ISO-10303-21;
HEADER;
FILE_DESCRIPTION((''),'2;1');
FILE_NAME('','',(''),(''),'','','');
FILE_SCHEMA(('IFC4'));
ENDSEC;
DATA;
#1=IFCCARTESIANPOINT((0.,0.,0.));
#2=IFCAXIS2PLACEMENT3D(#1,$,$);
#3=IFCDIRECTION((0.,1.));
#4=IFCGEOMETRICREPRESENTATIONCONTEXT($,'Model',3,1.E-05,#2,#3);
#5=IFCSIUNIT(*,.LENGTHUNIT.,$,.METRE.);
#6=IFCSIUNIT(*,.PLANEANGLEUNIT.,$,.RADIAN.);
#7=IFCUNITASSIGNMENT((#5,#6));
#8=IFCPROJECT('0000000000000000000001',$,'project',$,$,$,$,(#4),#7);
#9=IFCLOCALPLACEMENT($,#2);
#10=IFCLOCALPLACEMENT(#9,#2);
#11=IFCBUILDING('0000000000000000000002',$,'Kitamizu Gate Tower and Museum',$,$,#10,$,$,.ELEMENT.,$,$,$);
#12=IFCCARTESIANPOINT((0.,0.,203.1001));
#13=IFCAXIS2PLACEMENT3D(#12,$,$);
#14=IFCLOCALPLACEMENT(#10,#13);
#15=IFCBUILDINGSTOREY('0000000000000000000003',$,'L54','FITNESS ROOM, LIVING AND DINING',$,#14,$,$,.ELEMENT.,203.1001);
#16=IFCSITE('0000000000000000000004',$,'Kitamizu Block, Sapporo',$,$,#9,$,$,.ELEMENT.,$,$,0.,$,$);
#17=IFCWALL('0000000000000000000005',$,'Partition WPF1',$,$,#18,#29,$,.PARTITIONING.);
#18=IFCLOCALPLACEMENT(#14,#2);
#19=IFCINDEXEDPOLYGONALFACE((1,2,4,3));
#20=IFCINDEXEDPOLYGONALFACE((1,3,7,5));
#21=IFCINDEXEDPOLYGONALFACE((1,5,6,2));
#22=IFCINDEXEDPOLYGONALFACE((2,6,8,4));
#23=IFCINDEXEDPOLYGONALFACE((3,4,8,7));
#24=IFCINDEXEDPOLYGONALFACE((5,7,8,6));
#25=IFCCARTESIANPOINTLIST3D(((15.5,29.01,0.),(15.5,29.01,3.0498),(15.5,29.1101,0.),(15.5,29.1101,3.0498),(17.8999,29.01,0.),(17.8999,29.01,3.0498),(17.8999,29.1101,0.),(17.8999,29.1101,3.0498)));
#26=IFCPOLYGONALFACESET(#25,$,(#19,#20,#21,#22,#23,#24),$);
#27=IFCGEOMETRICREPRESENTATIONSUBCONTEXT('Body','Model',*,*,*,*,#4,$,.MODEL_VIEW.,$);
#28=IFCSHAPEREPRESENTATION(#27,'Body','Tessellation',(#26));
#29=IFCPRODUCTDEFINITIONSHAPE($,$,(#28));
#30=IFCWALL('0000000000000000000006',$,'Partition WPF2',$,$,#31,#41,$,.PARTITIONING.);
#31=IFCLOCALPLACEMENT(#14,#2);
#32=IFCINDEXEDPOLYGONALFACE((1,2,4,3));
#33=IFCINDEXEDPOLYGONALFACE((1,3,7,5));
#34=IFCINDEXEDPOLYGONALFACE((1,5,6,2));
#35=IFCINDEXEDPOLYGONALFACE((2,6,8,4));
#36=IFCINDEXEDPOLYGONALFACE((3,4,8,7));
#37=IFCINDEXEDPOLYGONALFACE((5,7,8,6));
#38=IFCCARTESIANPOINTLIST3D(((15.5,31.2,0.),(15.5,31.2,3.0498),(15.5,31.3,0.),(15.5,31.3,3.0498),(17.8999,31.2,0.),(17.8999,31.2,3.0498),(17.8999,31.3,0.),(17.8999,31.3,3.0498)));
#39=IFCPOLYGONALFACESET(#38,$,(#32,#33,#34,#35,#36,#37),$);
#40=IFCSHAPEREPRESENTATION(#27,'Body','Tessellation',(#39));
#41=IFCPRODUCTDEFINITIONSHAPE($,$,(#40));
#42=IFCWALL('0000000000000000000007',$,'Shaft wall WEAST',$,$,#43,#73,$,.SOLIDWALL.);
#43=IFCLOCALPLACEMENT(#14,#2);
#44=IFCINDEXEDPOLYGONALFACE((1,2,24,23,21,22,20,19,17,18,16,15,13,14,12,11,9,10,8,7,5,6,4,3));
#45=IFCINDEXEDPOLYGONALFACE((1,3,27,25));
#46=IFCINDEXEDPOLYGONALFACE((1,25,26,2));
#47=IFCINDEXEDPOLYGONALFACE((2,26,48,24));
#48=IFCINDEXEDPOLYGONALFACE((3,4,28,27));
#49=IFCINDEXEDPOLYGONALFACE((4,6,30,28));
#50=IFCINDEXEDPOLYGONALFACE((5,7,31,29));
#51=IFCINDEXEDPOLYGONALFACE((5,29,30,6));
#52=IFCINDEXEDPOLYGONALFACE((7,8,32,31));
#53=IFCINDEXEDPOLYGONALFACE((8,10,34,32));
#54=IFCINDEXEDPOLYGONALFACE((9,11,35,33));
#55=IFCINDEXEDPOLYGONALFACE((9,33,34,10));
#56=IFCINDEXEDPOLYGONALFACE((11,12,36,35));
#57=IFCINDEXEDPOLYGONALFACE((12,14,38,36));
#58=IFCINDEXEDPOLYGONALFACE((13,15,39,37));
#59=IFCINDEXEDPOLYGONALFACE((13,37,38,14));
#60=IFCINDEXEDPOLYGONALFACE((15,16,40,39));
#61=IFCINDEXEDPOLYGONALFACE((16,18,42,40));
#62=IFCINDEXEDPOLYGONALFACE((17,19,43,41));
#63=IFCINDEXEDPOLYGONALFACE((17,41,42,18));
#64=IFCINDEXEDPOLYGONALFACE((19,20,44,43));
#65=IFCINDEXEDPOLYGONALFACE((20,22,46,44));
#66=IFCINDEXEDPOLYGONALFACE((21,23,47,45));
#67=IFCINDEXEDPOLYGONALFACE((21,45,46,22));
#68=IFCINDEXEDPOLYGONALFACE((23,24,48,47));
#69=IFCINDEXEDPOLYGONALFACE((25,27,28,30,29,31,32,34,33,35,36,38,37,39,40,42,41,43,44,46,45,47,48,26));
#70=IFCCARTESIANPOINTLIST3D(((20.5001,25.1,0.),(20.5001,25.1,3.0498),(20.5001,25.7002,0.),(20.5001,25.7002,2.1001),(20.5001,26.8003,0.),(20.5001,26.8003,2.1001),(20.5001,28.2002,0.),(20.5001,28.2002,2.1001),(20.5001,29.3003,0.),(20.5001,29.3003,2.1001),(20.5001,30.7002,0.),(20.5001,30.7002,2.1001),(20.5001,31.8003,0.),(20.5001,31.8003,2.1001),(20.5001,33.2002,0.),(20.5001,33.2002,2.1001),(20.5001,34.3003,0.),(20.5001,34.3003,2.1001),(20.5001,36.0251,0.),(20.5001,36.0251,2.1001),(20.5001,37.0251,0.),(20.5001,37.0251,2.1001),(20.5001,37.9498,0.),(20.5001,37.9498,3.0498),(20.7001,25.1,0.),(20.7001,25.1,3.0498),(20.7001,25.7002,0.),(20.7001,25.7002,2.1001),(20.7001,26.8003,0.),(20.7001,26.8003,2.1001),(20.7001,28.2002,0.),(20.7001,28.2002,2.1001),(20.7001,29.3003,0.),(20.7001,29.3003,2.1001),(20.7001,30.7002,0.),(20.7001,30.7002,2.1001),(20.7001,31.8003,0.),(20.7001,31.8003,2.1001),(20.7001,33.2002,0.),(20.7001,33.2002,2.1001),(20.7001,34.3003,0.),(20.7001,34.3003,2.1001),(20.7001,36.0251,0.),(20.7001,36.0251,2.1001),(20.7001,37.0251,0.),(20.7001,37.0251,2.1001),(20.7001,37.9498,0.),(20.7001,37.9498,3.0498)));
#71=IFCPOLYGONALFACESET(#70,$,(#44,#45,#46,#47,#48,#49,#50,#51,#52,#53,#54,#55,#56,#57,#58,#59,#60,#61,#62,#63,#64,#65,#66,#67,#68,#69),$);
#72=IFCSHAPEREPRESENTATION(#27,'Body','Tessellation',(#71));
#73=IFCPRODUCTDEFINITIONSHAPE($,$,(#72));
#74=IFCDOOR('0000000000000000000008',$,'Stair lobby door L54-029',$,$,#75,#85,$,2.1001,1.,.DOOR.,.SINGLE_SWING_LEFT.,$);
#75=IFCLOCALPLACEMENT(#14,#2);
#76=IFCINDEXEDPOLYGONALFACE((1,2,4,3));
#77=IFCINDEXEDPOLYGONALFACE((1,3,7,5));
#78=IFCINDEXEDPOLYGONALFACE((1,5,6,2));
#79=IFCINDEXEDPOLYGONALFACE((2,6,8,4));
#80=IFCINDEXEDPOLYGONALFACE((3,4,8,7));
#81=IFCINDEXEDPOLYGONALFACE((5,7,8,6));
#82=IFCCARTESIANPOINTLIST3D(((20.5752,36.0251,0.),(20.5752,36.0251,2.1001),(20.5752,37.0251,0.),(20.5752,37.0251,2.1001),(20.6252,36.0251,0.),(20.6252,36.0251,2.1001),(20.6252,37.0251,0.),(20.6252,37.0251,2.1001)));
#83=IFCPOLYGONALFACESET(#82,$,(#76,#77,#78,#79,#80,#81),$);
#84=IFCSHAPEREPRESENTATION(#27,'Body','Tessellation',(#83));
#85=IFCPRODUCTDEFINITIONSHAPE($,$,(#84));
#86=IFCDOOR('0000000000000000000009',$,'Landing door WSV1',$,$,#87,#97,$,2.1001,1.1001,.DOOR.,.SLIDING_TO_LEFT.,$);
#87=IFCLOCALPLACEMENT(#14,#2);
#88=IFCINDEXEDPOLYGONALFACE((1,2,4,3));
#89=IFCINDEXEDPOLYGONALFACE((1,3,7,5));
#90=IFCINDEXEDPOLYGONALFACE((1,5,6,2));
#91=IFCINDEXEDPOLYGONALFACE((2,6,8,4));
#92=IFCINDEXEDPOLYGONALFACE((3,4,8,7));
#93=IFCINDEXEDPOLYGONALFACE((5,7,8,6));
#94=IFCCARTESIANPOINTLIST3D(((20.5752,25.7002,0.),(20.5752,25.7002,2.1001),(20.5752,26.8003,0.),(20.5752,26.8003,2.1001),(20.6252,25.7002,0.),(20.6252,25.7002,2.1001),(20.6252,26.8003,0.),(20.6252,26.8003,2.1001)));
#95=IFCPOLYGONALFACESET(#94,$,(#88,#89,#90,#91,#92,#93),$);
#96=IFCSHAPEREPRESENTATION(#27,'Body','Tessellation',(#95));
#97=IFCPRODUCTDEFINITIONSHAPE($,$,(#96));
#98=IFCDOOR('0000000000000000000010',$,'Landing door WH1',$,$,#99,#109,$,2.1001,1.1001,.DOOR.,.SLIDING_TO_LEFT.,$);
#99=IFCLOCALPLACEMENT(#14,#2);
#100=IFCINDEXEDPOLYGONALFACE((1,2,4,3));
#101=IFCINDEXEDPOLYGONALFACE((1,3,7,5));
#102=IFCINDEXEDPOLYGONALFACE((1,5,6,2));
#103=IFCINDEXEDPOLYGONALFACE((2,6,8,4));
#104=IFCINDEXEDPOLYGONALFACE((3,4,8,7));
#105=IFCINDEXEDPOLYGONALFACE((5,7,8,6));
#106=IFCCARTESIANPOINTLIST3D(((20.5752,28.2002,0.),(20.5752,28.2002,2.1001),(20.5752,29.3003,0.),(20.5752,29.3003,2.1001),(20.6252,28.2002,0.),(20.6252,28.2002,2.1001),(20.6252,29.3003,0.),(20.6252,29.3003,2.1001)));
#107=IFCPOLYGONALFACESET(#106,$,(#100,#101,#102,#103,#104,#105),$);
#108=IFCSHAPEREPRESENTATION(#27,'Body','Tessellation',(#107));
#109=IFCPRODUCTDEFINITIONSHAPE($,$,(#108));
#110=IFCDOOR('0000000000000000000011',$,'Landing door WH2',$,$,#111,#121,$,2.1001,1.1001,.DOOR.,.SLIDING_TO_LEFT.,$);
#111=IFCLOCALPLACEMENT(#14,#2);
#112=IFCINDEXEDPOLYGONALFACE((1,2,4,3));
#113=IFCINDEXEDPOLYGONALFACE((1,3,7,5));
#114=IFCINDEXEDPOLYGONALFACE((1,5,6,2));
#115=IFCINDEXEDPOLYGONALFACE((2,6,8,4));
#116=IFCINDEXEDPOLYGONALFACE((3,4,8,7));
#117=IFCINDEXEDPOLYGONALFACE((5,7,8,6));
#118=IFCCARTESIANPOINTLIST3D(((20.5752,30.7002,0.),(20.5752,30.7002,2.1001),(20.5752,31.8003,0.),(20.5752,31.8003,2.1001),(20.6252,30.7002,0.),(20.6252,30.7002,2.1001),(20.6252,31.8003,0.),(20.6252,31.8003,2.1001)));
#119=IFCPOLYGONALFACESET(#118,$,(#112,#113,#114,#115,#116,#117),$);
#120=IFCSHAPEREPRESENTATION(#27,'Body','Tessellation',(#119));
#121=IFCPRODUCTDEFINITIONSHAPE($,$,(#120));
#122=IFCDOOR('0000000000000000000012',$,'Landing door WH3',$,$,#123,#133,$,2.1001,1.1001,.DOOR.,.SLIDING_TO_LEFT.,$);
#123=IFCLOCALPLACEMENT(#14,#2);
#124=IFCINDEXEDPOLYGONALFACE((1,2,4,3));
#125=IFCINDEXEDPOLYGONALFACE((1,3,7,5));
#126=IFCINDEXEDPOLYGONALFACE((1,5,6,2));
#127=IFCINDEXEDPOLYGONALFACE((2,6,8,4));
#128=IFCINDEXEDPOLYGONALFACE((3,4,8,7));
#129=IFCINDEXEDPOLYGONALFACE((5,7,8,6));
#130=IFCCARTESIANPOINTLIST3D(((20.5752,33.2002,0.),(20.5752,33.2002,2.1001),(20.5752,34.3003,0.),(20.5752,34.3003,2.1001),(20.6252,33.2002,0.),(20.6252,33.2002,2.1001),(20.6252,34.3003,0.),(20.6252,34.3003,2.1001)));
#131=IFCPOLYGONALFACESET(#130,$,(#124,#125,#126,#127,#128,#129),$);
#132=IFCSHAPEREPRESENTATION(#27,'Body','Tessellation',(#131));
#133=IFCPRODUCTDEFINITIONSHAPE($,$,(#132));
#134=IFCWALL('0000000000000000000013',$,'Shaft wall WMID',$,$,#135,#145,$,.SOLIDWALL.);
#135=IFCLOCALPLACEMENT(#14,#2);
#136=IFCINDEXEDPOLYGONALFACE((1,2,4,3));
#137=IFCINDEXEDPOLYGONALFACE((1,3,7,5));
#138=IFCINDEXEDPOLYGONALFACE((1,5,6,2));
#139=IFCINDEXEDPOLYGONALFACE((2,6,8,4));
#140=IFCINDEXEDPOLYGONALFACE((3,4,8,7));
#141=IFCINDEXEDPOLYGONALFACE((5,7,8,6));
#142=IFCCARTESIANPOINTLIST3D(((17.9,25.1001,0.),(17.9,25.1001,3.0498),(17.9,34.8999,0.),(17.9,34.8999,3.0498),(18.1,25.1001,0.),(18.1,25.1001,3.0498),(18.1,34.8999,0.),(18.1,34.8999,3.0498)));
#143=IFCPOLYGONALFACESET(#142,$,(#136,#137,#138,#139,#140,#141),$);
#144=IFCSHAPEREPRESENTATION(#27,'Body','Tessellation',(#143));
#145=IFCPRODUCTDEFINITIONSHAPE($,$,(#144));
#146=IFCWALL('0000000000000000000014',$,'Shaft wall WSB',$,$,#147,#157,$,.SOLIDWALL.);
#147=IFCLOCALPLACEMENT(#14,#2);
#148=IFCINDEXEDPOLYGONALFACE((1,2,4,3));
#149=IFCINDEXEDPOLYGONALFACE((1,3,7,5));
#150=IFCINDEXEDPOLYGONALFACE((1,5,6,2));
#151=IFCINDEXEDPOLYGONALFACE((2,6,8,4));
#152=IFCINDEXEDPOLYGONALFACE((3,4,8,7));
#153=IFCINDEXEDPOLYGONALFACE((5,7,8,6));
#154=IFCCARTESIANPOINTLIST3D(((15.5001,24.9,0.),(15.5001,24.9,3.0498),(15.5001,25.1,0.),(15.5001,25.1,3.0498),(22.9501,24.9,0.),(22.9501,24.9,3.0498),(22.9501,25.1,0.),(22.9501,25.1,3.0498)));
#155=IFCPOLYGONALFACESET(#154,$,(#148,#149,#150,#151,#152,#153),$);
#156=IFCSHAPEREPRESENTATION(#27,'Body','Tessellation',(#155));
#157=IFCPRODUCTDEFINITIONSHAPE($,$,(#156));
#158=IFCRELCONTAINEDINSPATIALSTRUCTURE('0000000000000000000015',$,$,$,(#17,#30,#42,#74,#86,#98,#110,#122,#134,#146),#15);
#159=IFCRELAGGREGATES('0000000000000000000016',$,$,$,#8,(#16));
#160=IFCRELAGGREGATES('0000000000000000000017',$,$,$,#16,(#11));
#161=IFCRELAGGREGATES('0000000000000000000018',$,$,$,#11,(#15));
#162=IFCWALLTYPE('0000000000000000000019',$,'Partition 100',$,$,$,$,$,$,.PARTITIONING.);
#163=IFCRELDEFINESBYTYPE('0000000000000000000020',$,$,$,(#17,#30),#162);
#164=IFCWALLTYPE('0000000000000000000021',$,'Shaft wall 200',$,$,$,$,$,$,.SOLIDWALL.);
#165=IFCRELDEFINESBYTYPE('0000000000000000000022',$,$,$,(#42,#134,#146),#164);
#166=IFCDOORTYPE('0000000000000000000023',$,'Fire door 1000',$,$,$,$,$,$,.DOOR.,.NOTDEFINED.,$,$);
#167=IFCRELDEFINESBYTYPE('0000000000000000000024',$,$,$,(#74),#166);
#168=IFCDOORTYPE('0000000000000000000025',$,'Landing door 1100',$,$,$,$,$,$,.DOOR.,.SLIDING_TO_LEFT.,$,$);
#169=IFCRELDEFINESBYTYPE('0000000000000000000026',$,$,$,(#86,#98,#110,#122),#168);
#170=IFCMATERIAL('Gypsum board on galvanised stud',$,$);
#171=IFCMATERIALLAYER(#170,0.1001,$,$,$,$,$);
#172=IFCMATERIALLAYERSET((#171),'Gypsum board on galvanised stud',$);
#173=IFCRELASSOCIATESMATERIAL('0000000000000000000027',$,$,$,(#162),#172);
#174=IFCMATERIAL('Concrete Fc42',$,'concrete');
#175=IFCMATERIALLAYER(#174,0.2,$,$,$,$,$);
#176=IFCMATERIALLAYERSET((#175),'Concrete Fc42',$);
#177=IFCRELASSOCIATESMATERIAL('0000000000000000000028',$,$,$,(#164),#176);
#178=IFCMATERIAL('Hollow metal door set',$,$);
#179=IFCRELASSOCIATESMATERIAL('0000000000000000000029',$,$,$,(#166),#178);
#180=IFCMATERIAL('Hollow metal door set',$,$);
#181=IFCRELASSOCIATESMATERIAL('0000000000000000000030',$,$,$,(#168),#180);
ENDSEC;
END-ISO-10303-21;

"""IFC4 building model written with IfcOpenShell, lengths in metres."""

from ifc_helpers import new_model, si_unit, direction, frame, frame_2d, origin, place, context, subcontext, project, spatial, rectangle, extrude, material, layer, layer_set, type_object, element, fill, save


model = new_model("IFC4")

# Units and contexts
model_context = context("Model", 3, precision=1e-05, world=origin(), true_north=direction((0.0, 1.0)))
body_context = subcontext(model_context, "Body", "Model", "MODEL_VIEW")
ifc_project = project(units=[si_unit("LENGTHUNIT", "METRE"), si_unit("PLANEANGLEUNIT", "RADIAN")], contexts=[model_context])

# Site, building, storey
site_placement = place(None, origin())
site = spatial("IfcSite", under=ifc_project, at=site_placement, Name="Kitamizu Block, Sapporo", CompositionType="ELEMENT", RefElevation=0.0)
building_placement = place(site_placement, origin())
building = spatial("IfcBuilding", under=site, at=building_placement, Name="Kitamizu Gate Tower and Museum", CompositionType="ELEMENT")
storey_placement = place(building_placement, frame((0.0, 0.0, 203.1001)))
storey = spatial("IfcBuildingStorey", under=building, at=storey_placement, Name="L54", Description="FITNESS ROOM, LIVING AND DINING", CompositionType="ELEMENT", Elevation=203.1001)

# Walls
ifc_material_1 = material(Name="Gypsum board on galvanised stud")
ifc_layer_1 = layer(ifc_material_1, 0.1001)
ifc_layer_set_1 = layer_set([ifc_layer_1], Name="Gypsum board on galvanised stud")
wall_type_1 = type_object("IfcWallType", Name="Partition 100", PredefinedType="PARTITIONING", material=ifc_layer_set_1)
for number, where, z_axis, x_axis, name in (
    (1, (15.5, 29.0601, 0.0), (0.0, 0.0, 1.0), (1.0, 0.0, 0.0), "Partition WPF1"),
    (2, (15.5, 31.25, 0.0), (0.0, 0.0, 1.0), (1.0, 0.0, 0.0), "Partition WPF2"),
):
    element("IfcWall", number, at=place(storey_placement, frame(where, z_axis=z_axis, x_axis=x_axis)), inside=storey, type_object=wall_type_1, Name=name, PredefinedType="PARTITIONING", context=body_context, shape_type="SweptSolid", body=[
        extrude(rectangle(XDim=2.3999, YDim=0.1001, at=frame_2d((1.2, 0.0))), origin(), (0.0, 0.0, 1.0), 3.0498),
    ])

# Wall, openings, doors
ifc_material_2 = material(Name="Concrete Fc42", Category="concrete")
ifc_layer_2 = layer(ifc_material_2, 0.2)
ifc_layer_set_2 = layer_set([ifc_layer_2], Name="Concrete Fc42")
wall_type_2 = type_object("IfcWallType", Name="Shaft wall 200", PredefinedType="SOLIDWALL", material=ifc_layer_set_2)
wall_1_placement = place(storey_placement, frame((20.6001, 25.1001, 0.0), z_axis=(0.0, 0.0, 1.0), x_axis=(0.0, 1.0, 0.0)))
wall_1 = element("IfcWall", 3, at=wall_1_placement, inside=storey, type_object=wall_type_2, Name="Shaft wall WEAST", PredefinedType="SOLIDWALL", context=body_context, shape_type="SweptSolid", body=[
    extrude(rectangle(XDim=12.8499, YDim=0.2, at=frame_2d((6.4248, 0.0))), origin(), (0.0, 0.0, 1.0), 3.0498),
])
opening_1_placement = place(wall_1_placement, frame((0.6001, 0.0, 0.0)))
opening_1 = element("IfcOpeningElement", 4, at=opening_1_placement, cuts=wall_1, PredefinedType="OPENING", context=body_context, shape_type="SweptSolid", body=[
    extrude(rectangle(XDim=1.1001, YDim=2.1001, at=frame_2d((0.55, 1.05))), frame((0.0, 0.1099, 0.0), z_axis=(0.0, -1.0, 0.0), x_axis=(1.0, 0.0, 0.0)), (0.0, 0.0, 1.0), 0.22),
])
opening_2_placement = place(wall_1_placement, frame((3.1001, 0.0, 0.0)))
opening_2 = element("IfcOpeningElement", 5, at=opening_2_placement, cuts=wall_1, PredefinedType="OPENING", context=body_context, shape_type="SweptSolid", body=[
    extrude(rectangle(XDim=1.1001, YDim=2.1001, at=frame_2d((0.55, 1.05))), frame((0.0, 0.1099, 0.0), z_axis=(0.0, -1.0, 0.0), x_axis=(1.0, 0.0, 0.0)), (0.0, 0.0, 1.0), 0.22),
])
opening_3_placement = place(wall_1_placement, frame((5.6001, 0.0, 0.0)))
opening_3 = element("IfcOpeningElement", 6, at=opening_3_placement, cuts=wall_1, PredefinedType="OPENING", context=body_context, shape_type="SweptSolid", body=[
    extrude(rectangle(XDim=1.1001, YDim=2.1001, at=frame_2d((0.55, 1.05))), frame((0.0, 0.1099, 0.0), z_axis=(0.0, -1.0, 0.0), x_axis=(1.0, 0.0, 0.0)), (0.0, 0.0, 1.0), 0.22),
])
opening_4_placement = place(wall_1_placement, frame((8.1001, 0.0, 0.0)))
opening_4 = element("IfcOpeningElement", 7, at=opening_4_placement, cuts=wall_1, PredefinedType="OPENING", context=body_context, shape_type="SweptSolid", body=[
    extrude(rectangle(XDim=1.1001, YDim=2.1001, at=frame_2d((0.55, 1.05))), frame((0.0, 0.1099, 0.0), z_axis=(0.0, -1.0, 0.0), x_axis=(1.0, 0.0, 0.0)), (0.0, 0.0, 1.0), 0.22),
])
opening_5_placement = place(wall_1_placement, frame((10.925, 0.0, 0.0)))
opening_5 = element("IfcOpeningElement", 8, at=opening_5_placement, cuts=wall_1, PredefinedType="OPENING", context=body_context, shape_type="SweptSolid", body=[
    extrude(rectangle(XDim=1.0, YDim=2.1001, at=frame_2d((0.5, 1.05))), frame((0.0, 0.1099, 0.0), z_axis=(0.0, -1.0, 0.0), x_axis=(1.0, 0.0, 0.0)), (0.0, 0.0, 1.0), 0.22),
])
ifc_material_3 = material(Name="Hollow metal door set")
door_type_1 = type_object("IfcDoorType", Name="Fire door 1000", OperationType="NOTDEFINED", PredefinedType="DOOR", material=ifc_material_3)
door_1_placement = place(opening_5_placement, origin())
door_1 = element("IfcDoor", 9, at=door_1_placement, inside=storey, type_object=door_type_1, Name="Stair lobby door L54-029", OperationType="SINGLE_SWING_LEFT", OverallHeight=2.1001, OverallWidth=1.0, PredefinedType="DOOR", context=body_context, shape_type="SweptSolid", body=[
    extrude(rectangle(XDim=1.0, YDim=2.1001, at=frame_2d((0.5, 1.05))), frame((0.0, 0.0249, 0.0), z_axis=(0.0, -1.0, 0.0), x_axis=(1.0, 0.0, 0.0)), (0.0, 0.0, 1.0), 0.05),
])
fill(opening_5, door_1)
ifc_material_4 = material(Name="Hollow metal door set")
door_type_2 = type_object("IfcDoorType", Name="Landing door 1100", OperationType="SLIDING_TO_LEFT", PredefinedType="DOOR", material=ifc_material_4)
door_2_placement = place(opening_1_placement, origin())
door_2 = element("IfcDoor", 10, at=door_2_placement, inside=storey, type_object=door_type_2, Name="Landing door WSV1", OperationType="SLIDING_TO_LEFT", OverallHeight=2.1001, OverallWidth=1.1001, PredefinedType="DOOR", context=body_context, shape_type="SweptSolid", body=[
    extrude(rectangle(XDim=1.1001, YDim=2.1001, at=frame_2d((0.55, 1.05))), frame((0.0, 0.0249, 0.0), z_axis=(0.0, -1.0, 0.0), x_axis=(1.0, 0.0, 0.0)), (0.0, 0.0, 1.0), 0.05),
])
fill(opening_1, door_2)
door_3_placement = place(opening_2_placement, origin())
door_3 = element("IfcDoor", 11, at=door_3_placement, inside=storey, type_object=door_type_2, Name="Landing door WH1", OperationType="SLIDING_TO_LEFT", OverallHeight=2.1001, OverallWidth=1.1001, PredefinedType="DOOR", context=body_context, shape_type="SweptSolid", body=[
    extrude(rectangle(XDim=1.1001, YDim=2.1001, at=frame_2d((0.55, 1.05))), frame((0.0, 0.0249, 0.0), z_axis=(0.0, -1.0, 0.0), x_axis=(1.0, 0.0, 0.0)), (0.0, 0.0, 1.0), 0.05),
])
fill(opening_2, door_3)
door_4_placement = place(opening_3_placement, origin())
door_4 = element("IfcDoor", 12, at=door_4_placement, inside=storey, type_object=door_type_2, Name="Landing door WH2", OperationType="SLIDING_TO_LEFT", OverallHeight=2.1001, OverallWidth=1.1001, PredefinedType="DOOR", context=body_context, shape_type="SweptSolid", body=[
    extrude(rectangle(XDim=1.1001, YDim=2.1001, at=frame_2d((0.55, 1.05))), frame((0.0, 0.0249, 0.0), z_axis=(0.0, -1.0, 0.0), x_axis=(1.0, 0.0, 0.0)), (0.0, 0.0, 1.0), 0.05),
])
fill(opening_3, door_4)
door_5_placement = place(opening_4_placement, origin())
door_5 = element("IfcDoor", 13, at=door_5_placement, inside=storey, type_object=door_type_2, Name="Landing door WH3", OperationType="SLIDING_TO_LEFT", OverallHeight=2.1001, OverallWidth=1.1001, PredefinedType="DOOR", context=body_context, shape_type="SweptSolid", body=[
    extrude(rectangle(XDim=1.1001, YDim=2.1001, at=frame_2d((0.55, 1.05))), frame((0.0, 0.0249, 0.0), z_axis=(0.0, -1.0, 0.0), x_axis=(1.0, 0.0, 0.0)), (0.0, 0.0, 1.0), 0.05),
])
fill(opening_4, door_5)

# Walls
wall_2_placement = place(storey_placement, frame((18.0, 25.1001, 0.0), z_axis=(0.0, 0.0, 1.0), x_axis=(0.0, 1.0, 0.0)))
element("IfcWall", 14, at=wall_2_placement, inside=storey, type_object=wall_type_2, Name="Shaft wall WMID", PredefinedType="SOLIDWALL", context=body_context, shape_type="SweptSolid", body=[
    extrude(rectangle(XDim=9.7998, YDim=0.2, at=frame_2d((4.8999, 0.0))), origin(), (0.0, 0.0, 1.0), 3.0498),
])
wall_3_placement = place(storey_placement, frame((15.5, 25.0, 0.0), z_axis=(0.0, 0.0, 1.0), x_axis=(1.0, 0.0, 0.0)))
element("IfcWall", 15, at=wall_3_placement, inside=storey, type_object=wall_type_2, Name="Shaft wall WSB", PredefinedType="SOLIDWALL", context=body_context, shape_type="SweptSolid", body=[
    extrude(rectangle(XDim=7.45, YDim=0.2, at=frame_2d((3.7251, 0.0))), origin(), (0.0, 0.0, 1.0), 3.0498),
])

save(model, "model.ifc")
